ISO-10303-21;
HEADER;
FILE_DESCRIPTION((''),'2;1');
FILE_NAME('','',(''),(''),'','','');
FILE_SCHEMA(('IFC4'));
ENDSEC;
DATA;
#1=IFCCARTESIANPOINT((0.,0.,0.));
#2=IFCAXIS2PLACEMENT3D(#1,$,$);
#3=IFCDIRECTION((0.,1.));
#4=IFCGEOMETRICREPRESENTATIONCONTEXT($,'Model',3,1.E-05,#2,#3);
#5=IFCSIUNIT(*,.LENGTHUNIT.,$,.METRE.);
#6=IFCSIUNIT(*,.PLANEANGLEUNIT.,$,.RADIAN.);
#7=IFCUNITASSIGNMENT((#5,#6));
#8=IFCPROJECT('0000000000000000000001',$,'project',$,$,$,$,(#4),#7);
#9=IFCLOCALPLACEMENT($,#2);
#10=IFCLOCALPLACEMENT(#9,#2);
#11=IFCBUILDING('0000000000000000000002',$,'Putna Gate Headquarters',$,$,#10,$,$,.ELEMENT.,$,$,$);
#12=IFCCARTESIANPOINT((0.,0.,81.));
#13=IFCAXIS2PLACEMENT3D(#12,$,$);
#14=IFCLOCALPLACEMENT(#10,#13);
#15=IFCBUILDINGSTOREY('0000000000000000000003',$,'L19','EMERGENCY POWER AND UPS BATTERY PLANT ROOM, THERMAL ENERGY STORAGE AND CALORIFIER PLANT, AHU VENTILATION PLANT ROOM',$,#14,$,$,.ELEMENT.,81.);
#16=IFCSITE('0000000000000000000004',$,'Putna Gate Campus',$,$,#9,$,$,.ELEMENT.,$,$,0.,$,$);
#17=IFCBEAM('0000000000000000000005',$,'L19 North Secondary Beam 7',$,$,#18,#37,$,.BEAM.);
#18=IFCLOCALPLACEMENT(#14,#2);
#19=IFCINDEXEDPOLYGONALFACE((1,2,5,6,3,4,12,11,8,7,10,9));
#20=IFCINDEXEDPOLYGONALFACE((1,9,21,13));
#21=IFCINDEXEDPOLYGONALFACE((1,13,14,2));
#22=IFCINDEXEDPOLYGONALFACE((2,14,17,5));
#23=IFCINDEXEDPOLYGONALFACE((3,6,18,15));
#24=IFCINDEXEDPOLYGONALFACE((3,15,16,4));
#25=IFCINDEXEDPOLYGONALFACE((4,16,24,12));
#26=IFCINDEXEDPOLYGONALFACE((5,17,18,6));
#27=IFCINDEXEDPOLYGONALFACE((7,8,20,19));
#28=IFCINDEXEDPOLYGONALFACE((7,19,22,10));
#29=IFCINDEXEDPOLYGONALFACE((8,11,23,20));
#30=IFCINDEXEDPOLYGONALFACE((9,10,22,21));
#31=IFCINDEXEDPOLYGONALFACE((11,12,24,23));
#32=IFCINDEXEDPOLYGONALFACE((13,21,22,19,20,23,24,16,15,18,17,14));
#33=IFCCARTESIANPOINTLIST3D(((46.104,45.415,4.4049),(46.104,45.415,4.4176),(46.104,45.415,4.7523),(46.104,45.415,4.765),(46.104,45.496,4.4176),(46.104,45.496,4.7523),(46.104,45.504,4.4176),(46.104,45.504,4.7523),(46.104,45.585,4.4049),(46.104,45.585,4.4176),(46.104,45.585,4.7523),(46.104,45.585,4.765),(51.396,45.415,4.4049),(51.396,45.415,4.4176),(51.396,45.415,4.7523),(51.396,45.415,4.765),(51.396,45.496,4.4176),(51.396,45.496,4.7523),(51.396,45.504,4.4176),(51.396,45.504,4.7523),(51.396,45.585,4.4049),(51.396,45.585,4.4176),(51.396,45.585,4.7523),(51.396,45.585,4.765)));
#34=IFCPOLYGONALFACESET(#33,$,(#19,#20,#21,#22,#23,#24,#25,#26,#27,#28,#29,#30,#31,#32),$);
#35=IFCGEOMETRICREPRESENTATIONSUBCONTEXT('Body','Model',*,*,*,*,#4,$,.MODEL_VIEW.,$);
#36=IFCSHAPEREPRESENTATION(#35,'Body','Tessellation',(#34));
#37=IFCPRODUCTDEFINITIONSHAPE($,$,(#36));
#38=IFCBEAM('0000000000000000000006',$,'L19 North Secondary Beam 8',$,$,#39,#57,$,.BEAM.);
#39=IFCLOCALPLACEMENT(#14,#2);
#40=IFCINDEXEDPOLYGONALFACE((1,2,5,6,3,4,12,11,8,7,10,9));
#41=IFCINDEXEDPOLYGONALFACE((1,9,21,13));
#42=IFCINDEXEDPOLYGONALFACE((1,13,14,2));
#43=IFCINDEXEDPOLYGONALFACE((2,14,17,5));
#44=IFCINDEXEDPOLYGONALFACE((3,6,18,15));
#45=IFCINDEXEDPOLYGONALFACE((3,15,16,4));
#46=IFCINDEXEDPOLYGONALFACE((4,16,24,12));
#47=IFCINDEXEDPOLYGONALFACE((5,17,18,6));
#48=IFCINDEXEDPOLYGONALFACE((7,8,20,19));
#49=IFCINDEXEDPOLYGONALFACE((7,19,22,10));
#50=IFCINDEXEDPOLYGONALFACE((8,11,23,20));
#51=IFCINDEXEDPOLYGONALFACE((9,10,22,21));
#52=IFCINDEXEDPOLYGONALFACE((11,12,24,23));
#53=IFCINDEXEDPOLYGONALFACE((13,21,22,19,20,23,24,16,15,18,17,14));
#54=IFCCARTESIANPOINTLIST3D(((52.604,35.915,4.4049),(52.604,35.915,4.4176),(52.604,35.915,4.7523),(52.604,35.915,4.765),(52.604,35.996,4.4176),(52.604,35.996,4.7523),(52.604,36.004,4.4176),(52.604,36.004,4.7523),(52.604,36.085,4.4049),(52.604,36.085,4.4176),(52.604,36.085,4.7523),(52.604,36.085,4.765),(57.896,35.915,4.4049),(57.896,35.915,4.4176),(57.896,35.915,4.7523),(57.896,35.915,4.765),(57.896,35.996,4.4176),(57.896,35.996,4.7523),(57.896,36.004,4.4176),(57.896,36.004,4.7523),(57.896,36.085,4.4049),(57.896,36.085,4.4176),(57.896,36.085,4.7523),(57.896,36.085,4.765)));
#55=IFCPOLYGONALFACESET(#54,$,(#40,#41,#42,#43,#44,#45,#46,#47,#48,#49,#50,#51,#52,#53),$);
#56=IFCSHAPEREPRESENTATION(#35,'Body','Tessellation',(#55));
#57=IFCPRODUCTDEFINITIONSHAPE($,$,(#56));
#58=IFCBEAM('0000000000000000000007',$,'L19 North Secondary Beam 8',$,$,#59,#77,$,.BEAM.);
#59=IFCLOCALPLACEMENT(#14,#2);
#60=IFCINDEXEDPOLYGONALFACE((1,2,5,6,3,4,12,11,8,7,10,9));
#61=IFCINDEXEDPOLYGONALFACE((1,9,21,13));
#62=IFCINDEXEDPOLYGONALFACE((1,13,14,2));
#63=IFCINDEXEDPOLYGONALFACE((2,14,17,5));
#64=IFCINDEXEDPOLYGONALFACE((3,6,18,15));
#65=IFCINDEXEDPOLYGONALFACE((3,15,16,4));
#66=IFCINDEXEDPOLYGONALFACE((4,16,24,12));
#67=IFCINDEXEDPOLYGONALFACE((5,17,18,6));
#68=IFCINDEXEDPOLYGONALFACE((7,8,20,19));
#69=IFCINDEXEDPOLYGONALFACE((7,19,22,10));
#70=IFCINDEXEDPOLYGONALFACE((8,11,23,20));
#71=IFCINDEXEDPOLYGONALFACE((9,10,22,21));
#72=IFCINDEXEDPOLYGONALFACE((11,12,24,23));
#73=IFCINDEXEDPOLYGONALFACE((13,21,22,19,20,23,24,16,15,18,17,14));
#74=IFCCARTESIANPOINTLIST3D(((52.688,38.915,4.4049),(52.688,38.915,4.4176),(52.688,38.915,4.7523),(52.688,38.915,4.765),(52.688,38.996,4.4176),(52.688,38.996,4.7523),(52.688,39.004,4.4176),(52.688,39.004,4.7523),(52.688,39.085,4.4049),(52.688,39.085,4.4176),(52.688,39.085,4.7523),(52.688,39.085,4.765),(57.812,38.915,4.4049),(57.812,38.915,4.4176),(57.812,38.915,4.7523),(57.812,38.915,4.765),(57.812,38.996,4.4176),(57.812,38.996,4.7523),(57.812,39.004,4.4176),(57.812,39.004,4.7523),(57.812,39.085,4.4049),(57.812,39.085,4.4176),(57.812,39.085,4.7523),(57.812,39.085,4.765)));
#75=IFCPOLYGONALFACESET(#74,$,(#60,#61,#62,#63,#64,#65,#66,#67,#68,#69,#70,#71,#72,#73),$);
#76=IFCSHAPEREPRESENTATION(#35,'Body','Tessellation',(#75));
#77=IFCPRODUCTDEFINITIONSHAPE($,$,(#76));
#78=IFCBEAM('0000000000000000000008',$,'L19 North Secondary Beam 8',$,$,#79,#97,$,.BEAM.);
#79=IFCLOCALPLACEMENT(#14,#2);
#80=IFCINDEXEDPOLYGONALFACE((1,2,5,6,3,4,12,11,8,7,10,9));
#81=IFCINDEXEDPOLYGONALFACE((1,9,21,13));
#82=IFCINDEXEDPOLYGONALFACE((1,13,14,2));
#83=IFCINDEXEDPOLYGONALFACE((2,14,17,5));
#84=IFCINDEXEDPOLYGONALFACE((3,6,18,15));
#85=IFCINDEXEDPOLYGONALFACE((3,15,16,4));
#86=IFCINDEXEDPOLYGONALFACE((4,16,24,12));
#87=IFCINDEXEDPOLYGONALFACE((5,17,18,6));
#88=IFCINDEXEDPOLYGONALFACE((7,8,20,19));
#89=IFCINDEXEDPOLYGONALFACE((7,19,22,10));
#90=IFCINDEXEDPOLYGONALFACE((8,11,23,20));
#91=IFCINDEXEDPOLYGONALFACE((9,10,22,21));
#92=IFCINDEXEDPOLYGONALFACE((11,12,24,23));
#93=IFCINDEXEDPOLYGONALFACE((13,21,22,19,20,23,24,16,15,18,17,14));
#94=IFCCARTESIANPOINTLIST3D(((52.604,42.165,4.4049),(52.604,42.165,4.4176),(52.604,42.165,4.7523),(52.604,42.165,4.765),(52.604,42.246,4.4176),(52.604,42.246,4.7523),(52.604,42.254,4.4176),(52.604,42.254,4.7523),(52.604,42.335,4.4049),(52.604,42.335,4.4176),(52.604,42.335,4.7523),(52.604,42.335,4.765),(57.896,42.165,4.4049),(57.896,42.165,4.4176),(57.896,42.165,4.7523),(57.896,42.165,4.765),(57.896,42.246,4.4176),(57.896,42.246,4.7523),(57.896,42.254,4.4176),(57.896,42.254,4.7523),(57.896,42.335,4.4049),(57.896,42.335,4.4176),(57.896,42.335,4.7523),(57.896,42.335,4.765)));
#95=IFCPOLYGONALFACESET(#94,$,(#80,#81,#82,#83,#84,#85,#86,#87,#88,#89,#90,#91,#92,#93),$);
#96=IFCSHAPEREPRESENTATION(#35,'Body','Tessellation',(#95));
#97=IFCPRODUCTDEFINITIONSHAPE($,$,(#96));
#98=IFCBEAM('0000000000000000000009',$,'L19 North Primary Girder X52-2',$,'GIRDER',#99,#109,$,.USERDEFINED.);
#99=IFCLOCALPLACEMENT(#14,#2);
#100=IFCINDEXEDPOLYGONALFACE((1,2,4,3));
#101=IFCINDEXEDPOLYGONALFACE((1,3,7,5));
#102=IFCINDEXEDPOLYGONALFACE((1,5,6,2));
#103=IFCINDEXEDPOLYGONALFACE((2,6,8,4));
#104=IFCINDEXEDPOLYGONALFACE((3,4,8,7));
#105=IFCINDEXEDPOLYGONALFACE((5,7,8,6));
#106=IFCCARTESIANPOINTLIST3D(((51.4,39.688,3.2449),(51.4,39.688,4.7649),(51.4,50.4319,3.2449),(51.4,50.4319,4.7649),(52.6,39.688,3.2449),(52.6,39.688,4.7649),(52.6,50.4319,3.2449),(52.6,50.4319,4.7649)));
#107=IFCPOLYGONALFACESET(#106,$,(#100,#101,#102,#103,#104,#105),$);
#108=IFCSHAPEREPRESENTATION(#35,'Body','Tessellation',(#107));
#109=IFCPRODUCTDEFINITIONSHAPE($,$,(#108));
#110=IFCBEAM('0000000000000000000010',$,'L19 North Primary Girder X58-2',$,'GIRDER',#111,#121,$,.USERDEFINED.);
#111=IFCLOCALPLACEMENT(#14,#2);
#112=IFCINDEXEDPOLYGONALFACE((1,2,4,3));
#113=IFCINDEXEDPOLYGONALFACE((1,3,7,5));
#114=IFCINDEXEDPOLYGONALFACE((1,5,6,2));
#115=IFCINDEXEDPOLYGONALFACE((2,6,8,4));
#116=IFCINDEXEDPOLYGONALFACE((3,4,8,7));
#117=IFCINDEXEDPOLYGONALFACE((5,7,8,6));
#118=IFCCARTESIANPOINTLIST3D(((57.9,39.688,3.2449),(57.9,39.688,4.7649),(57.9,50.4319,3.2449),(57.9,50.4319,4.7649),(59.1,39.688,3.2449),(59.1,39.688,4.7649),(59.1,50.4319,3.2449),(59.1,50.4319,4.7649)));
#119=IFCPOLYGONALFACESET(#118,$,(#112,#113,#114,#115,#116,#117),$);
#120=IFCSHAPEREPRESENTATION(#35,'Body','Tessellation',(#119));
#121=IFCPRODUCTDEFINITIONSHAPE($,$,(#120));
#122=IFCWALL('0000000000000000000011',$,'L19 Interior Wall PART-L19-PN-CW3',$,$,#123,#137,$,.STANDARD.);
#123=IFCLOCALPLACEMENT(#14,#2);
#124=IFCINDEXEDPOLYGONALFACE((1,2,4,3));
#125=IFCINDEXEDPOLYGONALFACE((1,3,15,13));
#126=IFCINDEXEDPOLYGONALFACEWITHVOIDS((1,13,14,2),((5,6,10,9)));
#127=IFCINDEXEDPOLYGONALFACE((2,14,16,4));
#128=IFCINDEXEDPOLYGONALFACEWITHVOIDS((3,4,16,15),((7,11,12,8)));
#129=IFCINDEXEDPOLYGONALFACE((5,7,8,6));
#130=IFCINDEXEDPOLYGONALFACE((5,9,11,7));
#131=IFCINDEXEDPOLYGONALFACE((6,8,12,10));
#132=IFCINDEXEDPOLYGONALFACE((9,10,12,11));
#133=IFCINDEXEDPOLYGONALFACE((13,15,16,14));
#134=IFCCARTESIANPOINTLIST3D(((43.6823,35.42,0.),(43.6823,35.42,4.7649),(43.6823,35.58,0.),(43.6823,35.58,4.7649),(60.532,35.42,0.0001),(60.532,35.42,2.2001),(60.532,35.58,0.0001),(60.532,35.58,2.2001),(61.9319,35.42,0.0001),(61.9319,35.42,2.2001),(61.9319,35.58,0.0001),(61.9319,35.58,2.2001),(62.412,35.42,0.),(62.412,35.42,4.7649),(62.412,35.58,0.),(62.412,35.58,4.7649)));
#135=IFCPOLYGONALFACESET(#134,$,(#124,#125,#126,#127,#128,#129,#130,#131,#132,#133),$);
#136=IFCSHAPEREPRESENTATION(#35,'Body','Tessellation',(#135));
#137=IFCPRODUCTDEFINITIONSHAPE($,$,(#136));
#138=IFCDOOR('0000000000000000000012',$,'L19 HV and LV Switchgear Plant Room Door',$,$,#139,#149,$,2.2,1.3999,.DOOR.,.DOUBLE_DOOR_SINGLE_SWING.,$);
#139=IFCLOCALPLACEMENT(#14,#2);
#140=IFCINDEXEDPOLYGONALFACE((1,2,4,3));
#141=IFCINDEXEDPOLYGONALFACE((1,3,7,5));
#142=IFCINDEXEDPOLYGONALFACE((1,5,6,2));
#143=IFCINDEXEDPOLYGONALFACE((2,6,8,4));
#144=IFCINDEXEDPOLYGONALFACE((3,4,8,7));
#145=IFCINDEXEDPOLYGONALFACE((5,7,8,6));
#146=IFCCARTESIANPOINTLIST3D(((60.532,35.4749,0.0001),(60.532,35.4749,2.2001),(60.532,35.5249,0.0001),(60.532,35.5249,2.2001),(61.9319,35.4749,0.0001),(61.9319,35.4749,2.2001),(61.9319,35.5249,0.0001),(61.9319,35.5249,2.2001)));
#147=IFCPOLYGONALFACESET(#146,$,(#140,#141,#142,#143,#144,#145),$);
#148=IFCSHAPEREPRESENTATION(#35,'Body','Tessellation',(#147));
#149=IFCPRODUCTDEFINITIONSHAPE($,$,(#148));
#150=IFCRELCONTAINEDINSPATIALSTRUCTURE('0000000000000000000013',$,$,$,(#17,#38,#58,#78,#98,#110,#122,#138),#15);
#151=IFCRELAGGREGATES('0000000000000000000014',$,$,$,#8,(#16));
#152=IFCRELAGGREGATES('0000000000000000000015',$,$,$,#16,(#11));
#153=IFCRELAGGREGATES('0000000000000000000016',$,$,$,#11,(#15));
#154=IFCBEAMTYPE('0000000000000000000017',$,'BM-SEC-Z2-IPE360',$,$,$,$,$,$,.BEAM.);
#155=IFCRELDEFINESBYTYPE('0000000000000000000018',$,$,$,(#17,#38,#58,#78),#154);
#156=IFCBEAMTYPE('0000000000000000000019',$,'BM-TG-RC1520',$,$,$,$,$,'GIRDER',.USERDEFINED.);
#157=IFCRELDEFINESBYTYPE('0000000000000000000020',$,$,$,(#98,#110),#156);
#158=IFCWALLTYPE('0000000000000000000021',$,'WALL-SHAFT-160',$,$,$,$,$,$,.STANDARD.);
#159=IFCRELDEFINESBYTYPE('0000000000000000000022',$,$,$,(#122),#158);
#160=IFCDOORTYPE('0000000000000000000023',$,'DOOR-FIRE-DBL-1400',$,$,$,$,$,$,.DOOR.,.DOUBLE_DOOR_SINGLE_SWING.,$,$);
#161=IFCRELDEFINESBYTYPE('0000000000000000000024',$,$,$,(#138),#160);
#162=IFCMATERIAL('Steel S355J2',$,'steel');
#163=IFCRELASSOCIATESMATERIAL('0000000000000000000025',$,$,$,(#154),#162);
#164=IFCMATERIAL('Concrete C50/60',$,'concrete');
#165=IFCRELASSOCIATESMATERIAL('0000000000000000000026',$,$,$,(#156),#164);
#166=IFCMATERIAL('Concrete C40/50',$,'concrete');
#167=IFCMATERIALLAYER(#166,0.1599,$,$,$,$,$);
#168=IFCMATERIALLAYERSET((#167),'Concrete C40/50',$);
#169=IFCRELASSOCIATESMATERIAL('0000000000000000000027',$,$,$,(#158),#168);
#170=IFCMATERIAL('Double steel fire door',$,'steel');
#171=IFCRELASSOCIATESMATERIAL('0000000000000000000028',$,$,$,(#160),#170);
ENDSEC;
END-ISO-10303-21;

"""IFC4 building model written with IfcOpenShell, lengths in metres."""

from ifc_helpers import new_model, si_unit, direction, frame, frame_2d, origin, origin_2d, place, context, subcontext, project, spatial, rectangle, i_section, extrude, material, layer, layer_set, material_profile, profile_set, type_object, element, fill, save


model = new_model("IFC4")

# Units and contexts
model_context = context("Model", 3, precision=1e-05, world=origin(), true_north=direction((0.0, 1.0)))
body_context = subcontext(model_context, "Body", "Model", "MODEL_VIEW")
ifc_project = project(units=[si_unit("LENGTHUNIT", "METRE"), si_unit("PLANEANGLEUNIT", "RADIAN")], contexts=[model_context])

# Site, building, storey
site_placement = place(None, origin())
site = spatial("IfcSite", under=ifc_project, at=site_placement, Name="Putna Gate Campus", CompositionType="ELEMENT", RefElevation=0.0)
building_placement = place(site_placement, origin())
building = spatial("IfcBuilding", under=site, at=building_placement, Name="Putna Gate Headquarters", CompositionType="ELEMENT")
storey_placement = place(building_placement, frame((0.0, 0.0, 81.0)))
storey = spatial("IfcBuildingStorey", under=building, at=storey_placement, Name="L19", Description="EMERGENCY POWER AND UPS BATTERY PLANT ROOM, THERMAL ENERGY STORAGE AND CALORIFIER PLANT, AHU VENTILATION PLANT ROOM", CompositionType="ELEMENT", Elevation=81.0)

# Beams
ifc_material_1 = material(Name="Steel S355J2", Category="steel")
ifc_material_profile_1 = material_profile(ifc_material_1, i_section(OverallWidth=0.1699, OverallDepth=0.3601, WebThickness=0.0081, FlangeThickness=0.0127, at=origin_2d()), Name="Steel S355J2")
ifc_profile_set_1 = profile_set([ifc_material_profile_1], Name="Steel S355J2")
beam_type_1 = type_object("IfcBeamType", Name="BM-SEC-Z2-IPE360", PredefinedType="BEAM", material=ifc_profile_set_1)
for number, where, z_axis, x_axis, name in (
    (1, (46.104, 45.5, 4.585), (1.0, 0.0, 0.0), (0.0, 1.0, 0.0), "L19 North Secondary Beam 7"),
    (2, (52.604, 36.0, 4.585), (1.0, 0.0, 0.0), (0.0, 1.0, 0.0), "L19 North Secondary Beam 8"),
):
    element("IfcBeam", number, at=place(storey_placement, frame(where, z_axis=z_axis, x_axis=x_axis)), inside=storey, type_object=beam_type_1, Name=name, PredefinedType="BEAM", context=body_context, shape_type="SweptSolid", body=[
        extrude(i_section(OverallWidth=0.1699, OverallDepth=0.3601, WebThickness=0.0081, FlangeThickness=0.0127, at=origin_2d()), origin(), (0.0, 0.0, 1.0), 5.292),
    ])
beam_1_placement = place(storey_placement, frame((52.688, 39.0, 4.585), z_axis=(1.0, 0.0, 0.0), x_axis=(0.0, 1.0, 0.0)))
element("IfcBeam", 3, at=beam_1_placement, inside=storey, type_object=beam_type_1, Name="L19 North Secondary Beam 8", PredefinedType="BEAM", context=body_context, shape_type="SweptSolid", body=[
    extrude(i_section(OverallWidth=0.1699, OverallDepth=0.3601, WebThickness=0.0081, FlangeThickness=0.0127, at=origin_2d()), origin(), (0.0, 0.0, 1.0), 5.124),
])
beam_2_placement = place(storey_placement, frame((52.604, 42.25, 4.585), z_axis=(1.0, 0.0, 0.0), x_axis=(0.0, 1.0, 0.0)))
element("IfcBeam", 4, at=beam_2_placement, inside=storey, type_object=beam_type_1, Name="L19 North Secondary Beam 8", PredefinedType="BEAM", context=body_context, shape_type="SweptSolid", body=[
    extrude(i_section(OverallWidth=0.1699, OverallDepth=0.3601, WebThickness=0.0081, FlangeThickness=0.0127, at=origin_2d()), origin(), (0.0, 0.0, 1.0), 5.292),
])
ifc_material_2 = material(Name="Concrete C50/60", Category="concrete")
ifc_material_profile_2 = material_profile(ifc_material_2, rectangle(XDim=1.2, YDim=1.52, at=origin_2d()), Name="Concrete C50/60")
ifc_profile_set_2 = profile_set([ifc_material_profile_2], Name="Concrete C50/60")
beam_type_2 = type_object("IfcBeamType", Name="BM-TG-RC1520", ElementType="GIRDER", PredefinedType="USERDEFINED", material=ifc_profile_set_2)
for number, where, z_axis, x_axis, name in (
    (5, (52.0, 39.688, 4.0049), (0.0, 1.0, 0.0), (-1.0, 0.0, 0.0), "L19 North Primary Girder X52-2"),
    (6, (58.5, 39.688, 4.0049), (0.0, 1.0, 0.0), (-1.0, 0.0, 0.0), "L19 North Primary Girder X58-2"),
):
    element("IfcBeam", number, at=place(storey_placement, frame(where, z_axis=z_axis, x_axis=x_axis)), inside=storey, type_object=beam_type_2, Name=name, ObjectType="GIRDER", PredefinedType="USERDEFINED", context=body_context, shape_type="SweptSolid", body=[
        extrude(rectangle(XDim=1.2, YDim=1.52, at=origin_2d()), origin(), (0.0, 0.0, 1.0), 10.7439),
    ])

# Wall, opening, door
ifc_material_3 = material(Name="Concrete C40/50", Category="concrete")
ifc_layer = layer(ifc_material_3, 0.1599)
ifc_layer_set = layer_set([ifc_layer], Name="Concrete C40/50")
wall_type = type_object("IfcWallType", Name="WALL-SHAFT-160", PredefinedType="STANDARD", material=ifc_layer_set)
wall_placement = place(storey_placement, frame((43.6824, 35.5, 0.0), z_axis=(0.0, 0.0, 1.0), x_axis=(1.0, 0.0, 0.0)))
wall = element("IfcWall", 7, at=wall_placement, inside=storey, type_object=wall_type, Name="L19 Interior Wall PART-L19-PN-CW3", PredefinedType="STANDARD", context=body_context, shape_type="SweptSolid", body=[
    extrude(rectangle(XDim=18.7297, YDim=0.1599, at=frame_2d((9.3647, 0.0))), origin(), (0.0, 0.0, 1.0), 4.7649),
])
opening_placement = place(wall_placement, frame((16.8496, 0.0, 0.0)))
opening = element("IfcOpeningElement", 8, at=opening_placement, cuts=wall, PredefinedType="OPENING", context=body_context, shape_type="SweptSolid", body=[
    extrude(rectangle(XDim=1.3999, YDim=2.2, at=frame_2d((0.7, 1.1001))), frame((0.0, 0.0898, 0.0), z_axis=(0.0, -1.0, 0.0), x_axis=(1.0, 0.0, 0.0)), (0.0, 0.0, 1.0), 0.1799),
])
ifc_material_4 = material(Name="Double steel fire door", Category="steel")
door_type = type_object("IfcDoorType", Name="DOOR-FIRE-DBL-1400", OperationType="DOUBLE_DOOR_SINGLE_SWING", PredefinedType="DOOR", material=ifc_material_4)
door_placement = place(opening_placement, origin())
door = element("IfcDoor", 9, at=door_placement, inside=storey, type_object=door_type, Name="L19 HV and LV Switchgear Plant Room Door", OperationType="DOUBLE_DOOR_SINGLE_SWING", OverallHeight=2.2, OverallWidth=1.3999, PredefinedType="DOOR", context=body_context, shape_type="SweptSolid", body=[
    extrude(rectangle(XDim=1.3999, YDim=2.2, at=frame_2d((0.7, 1.1001))), frame((0.0, 0.0249, 0.0), z_axis=(0.0, -1.0, 0.0), x_axis=(1.0, 0.0, 0.0)), (0.0, 0.0, 1.0), 0.05),
])
fill(opening, door)

save(model, "model.ifc")
